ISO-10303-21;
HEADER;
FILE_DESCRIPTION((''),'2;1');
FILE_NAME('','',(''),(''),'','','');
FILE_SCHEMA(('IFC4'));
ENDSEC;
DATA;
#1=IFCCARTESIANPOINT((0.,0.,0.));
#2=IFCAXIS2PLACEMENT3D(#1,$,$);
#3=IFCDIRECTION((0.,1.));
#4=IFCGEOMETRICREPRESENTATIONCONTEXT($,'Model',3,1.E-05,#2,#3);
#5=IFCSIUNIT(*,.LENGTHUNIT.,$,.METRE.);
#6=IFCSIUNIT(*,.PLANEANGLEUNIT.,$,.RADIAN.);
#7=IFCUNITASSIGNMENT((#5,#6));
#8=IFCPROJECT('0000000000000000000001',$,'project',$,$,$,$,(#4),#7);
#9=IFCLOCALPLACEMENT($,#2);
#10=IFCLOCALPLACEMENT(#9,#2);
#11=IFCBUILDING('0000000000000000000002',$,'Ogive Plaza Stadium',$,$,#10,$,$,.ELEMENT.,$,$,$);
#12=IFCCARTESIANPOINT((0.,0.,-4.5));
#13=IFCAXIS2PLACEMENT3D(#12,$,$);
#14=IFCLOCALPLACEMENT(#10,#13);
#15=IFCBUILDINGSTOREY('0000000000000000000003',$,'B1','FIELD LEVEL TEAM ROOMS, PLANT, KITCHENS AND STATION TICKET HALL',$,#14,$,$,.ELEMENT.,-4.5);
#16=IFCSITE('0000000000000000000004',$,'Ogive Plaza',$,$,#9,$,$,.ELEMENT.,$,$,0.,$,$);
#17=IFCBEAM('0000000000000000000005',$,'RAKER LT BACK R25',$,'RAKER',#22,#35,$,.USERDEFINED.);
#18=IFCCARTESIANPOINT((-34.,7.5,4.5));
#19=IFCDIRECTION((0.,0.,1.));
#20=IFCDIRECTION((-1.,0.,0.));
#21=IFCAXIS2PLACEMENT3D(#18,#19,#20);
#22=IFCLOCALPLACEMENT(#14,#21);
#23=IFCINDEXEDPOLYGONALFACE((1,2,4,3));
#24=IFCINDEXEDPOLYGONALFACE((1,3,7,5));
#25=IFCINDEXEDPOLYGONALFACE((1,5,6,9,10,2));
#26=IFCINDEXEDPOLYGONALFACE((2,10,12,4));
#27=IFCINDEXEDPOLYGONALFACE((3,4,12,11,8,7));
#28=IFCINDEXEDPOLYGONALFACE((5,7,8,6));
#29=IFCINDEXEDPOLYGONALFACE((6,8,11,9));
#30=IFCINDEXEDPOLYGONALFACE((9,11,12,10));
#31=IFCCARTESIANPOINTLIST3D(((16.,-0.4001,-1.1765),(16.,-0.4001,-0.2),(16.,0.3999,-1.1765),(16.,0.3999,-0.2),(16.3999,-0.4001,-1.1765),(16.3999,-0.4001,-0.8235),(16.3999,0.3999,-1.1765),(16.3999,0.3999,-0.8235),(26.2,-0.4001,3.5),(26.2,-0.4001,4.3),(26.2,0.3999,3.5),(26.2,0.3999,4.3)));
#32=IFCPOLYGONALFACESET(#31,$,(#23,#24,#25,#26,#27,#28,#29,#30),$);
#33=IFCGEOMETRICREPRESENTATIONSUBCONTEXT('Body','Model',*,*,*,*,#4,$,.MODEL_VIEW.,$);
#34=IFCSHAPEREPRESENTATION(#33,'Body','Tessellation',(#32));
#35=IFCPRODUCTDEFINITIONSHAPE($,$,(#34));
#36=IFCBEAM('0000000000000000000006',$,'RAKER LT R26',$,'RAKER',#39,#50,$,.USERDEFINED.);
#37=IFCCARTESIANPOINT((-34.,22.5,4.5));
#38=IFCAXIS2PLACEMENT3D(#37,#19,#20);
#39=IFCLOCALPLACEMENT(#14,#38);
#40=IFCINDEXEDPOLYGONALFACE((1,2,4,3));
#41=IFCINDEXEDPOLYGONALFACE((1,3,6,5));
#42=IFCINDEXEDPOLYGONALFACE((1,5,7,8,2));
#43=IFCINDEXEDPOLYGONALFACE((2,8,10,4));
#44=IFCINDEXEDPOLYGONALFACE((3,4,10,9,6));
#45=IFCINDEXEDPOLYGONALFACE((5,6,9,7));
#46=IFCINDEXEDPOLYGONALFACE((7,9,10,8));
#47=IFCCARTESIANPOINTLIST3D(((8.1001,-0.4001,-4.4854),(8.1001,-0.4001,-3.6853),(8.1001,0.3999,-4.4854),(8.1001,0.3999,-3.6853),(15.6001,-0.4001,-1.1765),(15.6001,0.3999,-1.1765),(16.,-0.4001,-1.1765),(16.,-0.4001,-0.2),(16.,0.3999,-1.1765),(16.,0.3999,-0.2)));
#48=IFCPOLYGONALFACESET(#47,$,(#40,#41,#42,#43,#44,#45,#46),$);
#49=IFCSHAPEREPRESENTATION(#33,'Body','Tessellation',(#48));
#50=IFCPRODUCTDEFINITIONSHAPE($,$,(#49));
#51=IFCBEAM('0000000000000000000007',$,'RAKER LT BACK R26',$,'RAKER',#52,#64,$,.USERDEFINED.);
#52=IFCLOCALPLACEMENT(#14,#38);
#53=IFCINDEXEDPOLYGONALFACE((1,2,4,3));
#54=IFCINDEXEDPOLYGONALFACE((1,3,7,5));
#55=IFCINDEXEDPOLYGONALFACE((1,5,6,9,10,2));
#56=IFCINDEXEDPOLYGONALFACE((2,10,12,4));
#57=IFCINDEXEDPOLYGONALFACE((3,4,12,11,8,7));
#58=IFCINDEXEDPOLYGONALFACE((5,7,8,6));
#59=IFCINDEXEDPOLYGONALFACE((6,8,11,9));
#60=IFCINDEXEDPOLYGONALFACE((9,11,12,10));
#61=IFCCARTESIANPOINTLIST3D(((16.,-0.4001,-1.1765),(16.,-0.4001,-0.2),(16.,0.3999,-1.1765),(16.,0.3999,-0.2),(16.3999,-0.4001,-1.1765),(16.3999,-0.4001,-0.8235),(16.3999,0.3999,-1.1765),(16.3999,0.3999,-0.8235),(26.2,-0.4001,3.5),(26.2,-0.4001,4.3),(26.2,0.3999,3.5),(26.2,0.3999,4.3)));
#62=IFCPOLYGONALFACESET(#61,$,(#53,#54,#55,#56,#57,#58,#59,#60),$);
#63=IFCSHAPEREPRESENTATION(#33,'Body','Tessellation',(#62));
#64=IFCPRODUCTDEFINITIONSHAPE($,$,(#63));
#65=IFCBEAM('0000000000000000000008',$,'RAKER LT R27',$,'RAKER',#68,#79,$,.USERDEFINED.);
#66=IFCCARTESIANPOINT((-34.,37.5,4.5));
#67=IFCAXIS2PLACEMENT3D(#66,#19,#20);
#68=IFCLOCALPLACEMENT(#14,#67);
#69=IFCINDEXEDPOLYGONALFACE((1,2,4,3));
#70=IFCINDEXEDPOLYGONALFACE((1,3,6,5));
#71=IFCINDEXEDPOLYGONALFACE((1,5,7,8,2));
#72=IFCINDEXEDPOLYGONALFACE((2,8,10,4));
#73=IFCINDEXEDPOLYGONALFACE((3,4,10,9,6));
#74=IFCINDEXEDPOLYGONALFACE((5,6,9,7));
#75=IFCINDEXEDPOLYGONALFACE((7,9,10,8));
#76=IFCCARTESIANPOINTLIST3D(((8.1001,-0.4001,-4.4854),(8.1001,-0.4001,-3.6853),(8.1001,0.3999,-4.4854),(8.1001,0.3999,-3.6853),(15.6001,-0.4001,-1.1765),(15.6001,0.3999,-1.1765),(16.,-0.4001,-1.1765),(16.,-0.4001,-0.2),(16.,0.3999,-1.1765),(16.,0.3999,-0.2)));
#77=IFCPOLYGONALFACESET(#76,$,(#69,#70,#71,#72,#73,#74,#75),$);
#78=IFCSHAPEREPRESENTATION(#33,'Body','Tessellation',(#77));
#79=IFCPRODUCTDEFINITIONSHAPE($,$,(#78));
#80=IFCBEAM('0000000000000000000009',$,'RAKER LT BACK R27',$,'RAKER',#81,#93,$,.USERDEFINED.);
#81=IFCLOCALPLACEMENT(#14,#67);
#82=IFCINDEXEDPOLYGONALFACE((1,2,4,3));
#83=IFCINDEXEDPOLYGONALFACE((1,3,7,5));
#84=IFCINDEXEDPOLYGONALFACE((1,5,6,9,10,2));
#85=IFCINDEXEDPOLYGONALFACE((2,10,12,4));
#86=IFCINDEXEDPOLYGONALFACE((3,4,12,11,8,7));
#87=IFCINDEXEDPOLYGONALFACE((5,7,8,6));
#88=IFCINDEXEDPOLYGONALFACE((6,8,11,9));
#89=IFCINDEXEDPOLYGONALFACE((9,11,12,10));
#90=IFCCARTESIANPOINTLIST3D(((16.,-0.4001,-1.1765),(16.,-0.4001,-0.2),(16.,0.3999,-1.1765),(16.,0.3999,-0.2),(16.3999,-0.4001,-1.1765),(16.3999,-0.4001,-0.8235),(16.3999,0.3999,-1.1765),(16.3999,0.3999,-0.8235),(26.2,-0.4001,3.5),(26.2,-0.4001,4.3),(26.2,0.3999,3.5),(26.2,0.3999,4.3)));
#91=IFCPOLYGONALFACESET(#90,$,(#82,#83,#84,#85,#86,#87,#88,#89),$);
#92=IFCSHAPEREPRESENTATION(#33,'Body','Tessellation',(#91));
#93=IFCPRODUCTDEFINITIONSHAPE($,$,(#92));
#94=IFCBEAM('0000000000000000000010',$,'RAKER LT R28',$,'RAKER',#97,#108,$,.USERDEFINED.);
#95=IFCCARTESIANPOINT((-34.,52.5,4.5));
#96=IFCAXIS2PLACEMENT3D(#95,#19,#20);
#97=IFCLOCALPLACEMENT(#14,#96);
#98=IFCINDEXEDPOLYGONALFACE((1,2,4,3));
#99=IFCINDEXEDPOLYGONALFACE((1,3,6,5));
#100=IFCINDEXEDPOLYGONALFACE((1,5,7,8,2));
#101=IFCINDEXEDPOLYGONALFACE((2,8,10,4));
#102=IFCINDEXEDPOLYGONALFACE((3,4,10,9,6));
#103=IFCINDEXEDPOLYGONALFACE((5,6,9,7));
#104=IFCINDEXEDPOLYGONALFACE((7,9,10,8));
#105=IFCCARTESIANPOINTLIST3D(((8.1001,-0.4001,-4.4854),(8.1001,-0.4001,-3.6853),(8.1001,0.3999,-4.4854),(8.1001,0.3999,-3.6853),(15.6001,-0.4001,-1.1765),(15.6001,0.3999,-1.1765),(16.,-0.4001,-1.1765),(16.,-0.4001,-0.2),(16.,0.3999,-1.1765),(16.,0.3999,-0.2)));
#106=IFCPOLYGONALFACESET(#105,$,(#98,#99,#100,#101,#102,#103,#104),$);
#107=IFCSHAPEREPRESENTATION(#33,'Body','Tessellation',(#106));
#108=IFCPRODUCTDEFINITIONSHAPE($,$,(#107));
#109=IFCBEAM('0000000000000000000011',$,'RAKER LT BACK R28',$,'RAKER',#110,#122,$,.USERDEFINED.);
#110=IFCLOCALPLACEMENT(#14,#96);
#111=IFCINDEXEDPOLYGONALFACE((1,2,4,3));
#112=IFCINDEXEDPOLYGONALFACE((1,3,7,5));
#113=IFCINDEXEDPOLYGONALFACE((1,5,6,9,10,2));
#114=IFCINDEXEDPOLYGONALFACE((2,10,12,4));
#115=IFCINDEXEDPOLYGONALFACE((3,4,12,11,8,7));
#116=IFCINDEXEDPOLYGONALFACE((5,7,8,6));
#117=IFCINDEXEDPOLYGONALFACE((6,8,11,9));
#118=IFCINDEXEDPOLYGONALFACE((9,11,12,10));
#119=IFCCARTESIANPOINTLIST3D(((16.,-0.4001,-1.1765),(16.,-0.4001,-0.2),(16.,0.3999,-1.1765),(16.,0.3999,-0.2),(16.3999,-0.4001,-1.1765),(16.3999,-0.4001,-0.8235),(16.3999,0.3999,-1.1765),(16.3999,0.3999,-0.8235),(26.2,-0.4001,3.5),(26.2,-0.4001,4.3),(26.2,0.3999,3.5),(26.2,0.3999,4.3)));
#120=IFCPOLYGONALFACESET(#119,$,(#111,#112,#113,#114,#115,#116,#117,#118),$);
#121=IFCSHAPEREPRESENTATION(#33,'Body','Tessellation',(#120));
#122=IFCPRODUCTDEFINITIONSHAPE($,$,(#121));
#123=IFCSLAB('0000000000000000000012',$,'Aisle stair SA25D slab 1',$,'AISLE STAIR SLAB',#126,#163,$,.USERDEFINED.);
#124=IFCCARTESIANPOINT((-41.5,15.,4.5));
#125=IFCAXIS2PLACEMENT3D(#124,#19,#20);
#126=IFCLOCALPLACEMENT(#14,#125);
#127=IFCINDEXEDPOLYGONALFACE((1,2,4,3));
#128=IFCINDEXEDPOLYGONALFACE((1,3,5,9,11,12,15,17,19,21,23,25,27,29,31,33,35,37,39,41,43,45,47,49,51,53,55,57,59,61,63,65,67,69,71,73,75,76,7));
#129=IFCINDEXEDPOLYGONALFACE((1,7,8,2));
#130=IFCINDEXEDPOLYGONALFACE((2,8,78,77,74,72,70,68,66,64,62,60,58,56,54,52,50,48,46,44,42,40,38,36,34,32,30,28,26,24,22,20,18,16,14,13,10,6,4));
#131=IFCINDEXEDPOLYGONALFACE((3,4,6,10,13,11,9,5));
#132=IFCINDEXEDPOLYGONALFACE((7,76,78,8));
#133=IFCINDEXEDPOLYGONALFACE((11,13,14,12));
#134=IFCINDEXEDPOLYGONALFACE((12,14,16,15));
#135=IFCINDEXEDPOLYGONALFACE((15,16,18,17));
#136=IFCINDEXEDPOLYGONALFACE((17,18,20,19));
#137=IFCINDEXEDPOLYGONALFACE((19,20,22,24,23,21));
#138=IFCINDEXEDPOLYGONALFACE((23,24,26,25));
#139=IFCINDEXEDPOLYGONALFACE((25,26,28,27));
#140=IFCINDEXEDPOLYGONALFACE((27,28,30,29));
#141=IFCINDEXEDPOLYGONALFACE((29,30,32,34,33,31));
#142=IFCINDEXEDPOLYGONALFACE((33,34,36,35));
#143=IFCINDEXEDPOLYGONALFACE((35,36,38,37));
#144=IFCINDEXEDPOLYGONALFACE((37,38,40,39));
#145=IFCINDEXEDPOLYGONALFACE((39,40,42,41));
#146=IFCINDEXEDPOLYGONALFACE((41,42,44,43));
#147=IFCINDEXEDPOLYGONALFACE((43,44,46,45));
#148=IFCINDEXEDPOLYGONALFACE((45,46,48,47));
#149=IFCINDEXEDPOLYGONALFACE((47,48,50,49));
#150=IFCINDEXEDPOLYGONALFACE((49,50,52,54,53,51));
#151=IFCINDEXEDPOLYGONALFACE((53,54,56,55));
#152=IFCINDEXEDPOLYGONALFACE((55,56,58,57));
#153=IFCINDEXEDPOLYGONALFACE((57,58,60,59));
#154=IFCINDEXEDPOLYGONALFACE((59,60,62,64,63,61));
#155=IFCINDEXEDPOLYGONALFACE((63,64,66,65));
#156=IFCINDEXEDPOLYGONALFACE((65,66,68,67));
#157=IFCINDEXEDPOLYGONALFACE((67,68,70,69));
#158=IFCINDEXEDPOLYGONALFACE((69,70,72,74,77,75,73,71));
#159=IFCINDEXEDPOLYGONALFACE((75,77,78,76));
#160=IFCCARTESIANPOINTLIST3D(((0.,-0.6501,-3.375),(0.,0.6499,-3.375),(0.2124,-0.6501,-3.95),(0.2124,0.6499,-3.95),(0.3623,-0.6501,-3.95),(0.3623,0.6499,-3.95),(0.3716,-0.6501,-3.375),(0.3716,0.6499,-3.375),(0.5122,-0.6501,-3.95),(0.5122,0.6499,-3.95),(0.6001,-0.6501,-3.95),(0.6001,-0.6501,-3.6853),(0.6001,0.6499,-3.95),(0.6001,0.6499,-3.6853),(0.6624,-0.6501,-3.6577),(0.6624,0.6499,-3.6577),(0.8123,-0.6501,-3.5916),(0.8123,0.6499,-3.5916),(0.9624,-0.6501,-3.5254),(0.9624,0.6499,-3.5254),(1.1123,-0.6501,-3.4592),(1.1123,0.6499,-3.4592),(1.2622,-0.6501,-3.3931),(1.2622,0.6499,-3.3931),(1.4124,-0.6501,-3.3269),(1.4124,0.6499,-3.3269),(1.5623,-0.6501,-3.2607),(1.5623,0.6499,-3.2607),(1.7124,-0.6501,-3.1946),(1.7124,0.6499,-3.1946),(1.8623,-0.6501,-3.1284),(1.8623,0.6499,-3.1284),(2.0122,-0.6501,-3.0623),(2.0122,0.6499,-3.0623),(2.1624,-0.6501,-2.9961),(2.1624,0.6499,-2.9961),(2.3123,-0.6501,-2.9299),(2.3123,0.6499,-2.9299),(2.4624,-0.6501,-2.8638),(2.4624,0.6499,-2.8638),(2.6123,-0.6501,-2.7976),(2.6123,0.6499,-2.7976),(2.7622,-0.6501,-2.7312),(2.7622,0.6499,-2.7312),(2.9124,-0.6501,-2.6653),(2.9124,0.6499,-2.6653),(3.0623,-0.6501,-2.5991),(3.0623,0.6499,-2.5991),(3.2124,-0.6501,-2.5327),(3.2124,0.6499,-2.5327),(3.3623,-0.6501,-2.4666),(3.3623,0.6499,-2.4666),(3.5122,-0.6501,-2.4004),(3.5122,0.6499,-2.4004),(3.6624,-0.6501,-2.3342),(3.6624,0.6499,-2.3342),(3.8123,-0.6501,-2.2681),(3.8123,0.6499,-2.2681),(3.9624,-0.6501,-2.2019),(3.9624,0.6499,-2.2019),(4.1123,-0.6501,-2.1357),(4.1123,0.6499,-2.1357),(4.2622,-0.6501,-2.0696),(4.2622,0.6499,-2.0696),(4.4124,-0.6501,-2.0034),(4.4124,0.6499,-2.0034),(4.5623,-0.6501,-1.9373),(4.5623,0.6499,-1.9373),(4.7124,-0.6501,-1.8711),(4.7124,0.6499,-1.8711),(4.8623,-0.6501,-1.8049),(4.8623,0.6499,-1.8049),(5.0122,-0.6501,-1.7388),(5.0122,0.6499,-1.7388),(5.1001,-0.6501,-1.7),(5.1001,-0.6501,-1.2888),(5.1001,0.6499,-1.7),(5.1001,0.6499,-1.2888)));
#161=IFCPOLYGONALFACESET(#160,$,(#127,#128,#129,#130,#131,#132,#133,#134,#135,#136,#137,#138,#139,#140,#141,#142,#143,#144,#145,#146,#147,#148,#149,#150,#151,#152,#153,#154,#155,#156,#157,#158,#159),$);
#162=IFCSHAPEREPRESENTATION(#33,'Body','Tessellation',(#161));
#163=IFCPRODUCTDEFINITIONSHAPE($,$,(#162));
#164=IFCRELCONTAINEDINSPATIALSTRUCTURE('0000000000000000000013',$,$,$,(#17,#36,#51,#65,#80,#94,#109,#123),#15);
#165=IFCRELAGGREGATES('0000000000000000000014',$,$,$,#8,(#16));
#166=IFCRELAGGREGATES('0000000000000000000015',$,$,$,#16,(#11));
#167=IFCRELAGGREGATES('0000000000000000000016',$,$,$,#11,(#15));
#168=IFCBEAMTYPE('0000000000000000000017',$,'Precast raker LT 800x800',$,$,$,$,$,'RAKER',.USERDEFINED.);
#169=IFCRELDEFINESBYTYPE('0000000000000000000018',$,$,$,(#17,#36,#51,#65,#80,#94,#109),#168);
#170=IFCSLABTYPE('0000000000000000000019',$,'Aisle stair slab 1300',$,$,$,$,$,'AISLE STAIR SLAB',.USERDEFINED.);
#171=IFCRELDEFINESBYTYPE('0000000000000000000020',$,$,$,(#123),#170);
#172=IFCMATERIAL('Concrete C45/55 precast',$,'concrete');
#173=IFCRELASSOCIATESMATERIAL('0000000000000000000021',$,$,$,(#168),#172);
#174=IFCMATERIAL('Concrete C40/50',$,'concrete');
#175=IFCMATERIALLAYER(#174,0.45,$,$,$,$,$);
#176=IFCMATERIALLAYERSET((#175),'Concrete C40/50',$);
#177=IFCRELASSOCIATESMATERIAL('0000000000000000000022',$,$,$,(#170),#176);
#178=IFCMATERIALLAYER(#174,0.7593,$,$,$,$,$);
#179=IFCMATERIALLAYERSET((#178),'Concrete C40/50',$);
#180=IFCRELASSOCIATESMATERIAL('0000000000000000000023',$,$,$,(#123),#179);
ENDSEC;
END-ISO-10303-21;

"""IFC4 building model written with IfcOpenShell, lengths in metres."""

from ifc_helpers import new_model, si_unit, direction, frame, origin, origin_2d, place, context, subcontext, project, spatial, polyline, rectangle, outline, extrude, material, layer, layer_set, material_profile, profile_set, type_object, element, save


model = new_model("IFC4")

# Units and contexts
model_context = context("Model", 3, precision=1e-05, world=origin(), true_north=direction((0.0, 1.0)))
body_context = subcontext(model_context, "Body", "Model", "MODEL_VIEW")
ifc_project = project(units=[si_unit("LENGTHUNIT", "METRE"), si_unit("PLANEANGLEUNIT", "RADIAN")], contexts=[model_context])

# Site, building, storey
site_placement = place(None, origin())
site = spatial("IfcSite", under=ifc_project, at=site_placement, Name="Ogive Plaza", CompositionType="ELEMENT", RefElevation=0.0)
building_placement = place(site_placement, origin())
building = spatial("IfcBuilding", under=site, at=building_placement, Name="Ogive Plaza Stadium", CompositionType="ELEMENT")
storey_placement = place(building_placement, frame((0.0, 0.0, -4.5)))
storey = spatial("IfcBuildingStorey", under=building, at=storey_placement, Name="B1", Description="FIELD LEVEL TEAM ROOMS, PLANT, KITCHENS AND STATION TICKET HALL", CompositionType="ELEMENT", Elevation=-4.5)

# Beams
ifc_material_1 = material(Name="Concrete C45/55 precast", Category="concrete")
ifc_material_profile_1 = material_profile(ifc_material_1, rectangle(XDim=0.8, YDim=0.8, at=origin_2d()), Name="RC 800x800")
ifc_profile_set_1 = profile_set([ifc_material_profile_1], Name="Concrete C45/55 precast")
beam_type = type_object("IfcBeamType", Name="Precast raker LT 800x800", ElementType="RAKER", PredefinedType="USERDEFINED", material=ifc_profile_set_1)
beam_1_placement = place(storey_placement, frame((-34.0, 7.5, 4.5), z_axis=(0.0, 0.0, 1.0), x_axis=(-1.0, 0.0, 0.0)))
element("IfcBeam", 1, at=beam_1_placement, inside=storey, type_object=beam_type, Name="RAKER LT BACK R25", ObjectType="RAKER", PredefinedType="USERDEFINED", context=body_context, shape_type="SweptSolid", body=[
    extrude(outline(polyline([(16.0, -1.1765), (16.3999, -1.1765), (16.3999, -0.8235), (26.2, 3.5), (26.2, 4.3), (16.0, -0.2), (16.0, -1.1765)])), frame((0.0, 0.3999, 0.0), z_axis=(0.0, -1.0, 0.0), x_axis=(1.0, 0.0, 0.0)), (0.0, 0.0, 1.0), 0.8),
])
beam_2_placement = place(storey_placement, frame((-34.0, 22.5, 4.5), z_axis=(0.0, 0.0, 1.0), x_axis=(-1.0, 0.0, 0.0)))
element("IfcBeam", 2, at=beam_2_placement, inside=storey, type_object=beam_type, Name="RAKER LT R26", ObjectType="RAKER", PredefinedType="USERDEFINED", context=body_context, shape_type="SweptSolid", body=[
    extrude(outline(polyline([(8.1001, -4.4854), (15.6001, -1.1765), (16.0, -1.1765), (16.0, -0.2), (8.1001, -3.6853), (8.1001, -4.4854)])), frame((0.0, 0.3999, 0.0), z_axis=(0.0, -1.0, 0.0), x_axis=(1.0, 0.0, 0.0)), (0.0, 0.0, 1.0), 0.8),
])
beam_3_placement = place(storey_placement, frame((-34.0, 22.5, 4.5), z_axis=(0.0, 0.0, 1.0), x_axis=(-1.0, 0.0, 0.0)))
element("IfcBeam", 3, at=beam_3_placement, inside=storey, type_object=beam_type, Name="RAKER LT BACK R26", ObjectType="RAKER", PredefinedType="USERDEFINED", context=body_context, shape_type="SweptSolid", body=[
    extrude(outline(polyline([(16.0, -1.1765), (16.3999, -1.1765), (16.3999, -0.8235), (26.2, 3.5), (26.2, 4.3), (16.0, -0.2), (16.0, -1.1765)])), frame((0.0, 0.3999, 0.0), z_axis=(0.0, -1.0, 0.0), x_axis=(1.0, 0.0, 0.0)), (0.0, 0.0, 1.0), 0.8),
])
beam_4_placement = place(storey_placement, frame((-34.0, 37.5, 4.5), z_axis=(0.0, 0.0, 1.0), x_axis=(-1.0, 0.0, 0.0)))
element("IfcBeam", 4, at=beam_4_placement, inside=storey, type_object=beam_type, Name="RAKER LT R27", ObjectType="RAKER", PredefinedType="USERDEFINED", context=body_context, shape_type="SweptSolid", body=[
    extrude(outline(polyline([(8.1001, -4.4854), (15.6001, -1.1765), (16.0, -1.1765), (16.0, -0.2), (8.1001, -3.6853), (8.1001, -4.4854)])), frame((0.0, 0.3999, 0.0), z_axis=(0.0, -1.0, 0.0), x_axis=(1.0, 0.0, 0.0)), (0.0, 0.0, 1.0), 0.8),
])
beam_5_placement = place(storey_placement, frame((-34.0, 37.5, 4.5), z_axis=(0.0, 0.0, 1.0), x_axis=(-1.0, 0.0, 0.0)))
element("IfcBeam", 5, at=beam_5_placement, inside=storey, type_object=beam_type, Name="RAKER LT BACK R27", ObjectType="RAKER", PredefinedType="USERDEFINED", context=body_context, shape_type="SweptSolid", body=[
    extrude(outline(polyline([(16.0, -1.1765), (16.3999, -1.1765), (16.3999, -0.8235), (26.2, 3.5), (26.2, 4.3), (16.0, -0.2), (16.0, -1.1765)])), frame((0.0, 0.3999, 0.0), z_axis=(0.0, -1.0, 0.0), x_axis=(1.0, 0.0, 0.0)), (0.0, 0.0, 1.0), 0.8),
])
beam_6_placement = place(storey_placement, frame((-34.0, 52.5, 4.5), z_axis=(0.0, 0.0, 1.0), x_axis=(-1.0, 0.0, 0.0)))
element("IfcBeam", 6, at=beam_6_placement, inside=storey, type_object=beam_type, Name="RAKER LT R28", ObjectType="RAKER", PredefinedType="USERDEFINED", context=body_context, shape_type="SweptSolid", body=[
    extrude(outline(polyline([(8.1001, -4.4854), (15.6001, -1.1765), (16.0, -1.1765), (16.0, -0.2), (8.1001, -3.6853), (8.1001, -4.4854)])), frame((0.0, 0.3999, 0.0), z_axis=(0.0, -1.0, 0.0), x_axis=(1.0, 0.0, 0.0)), (0.0, 0.0, 1.0), 0.8),
])
beam_7_placement = place(storey_placement, frame((-34.0, 52.5, 4.5), z_axis=(0.0, 0.0, 1.0), x_axis=(-1.0, 0.0, 0.0)))
element("IfcBeam", 7, at=beam_7_placement, inside=storey, type_object=beam_type, Name="RAKER LT BACK R28", ObjectType="RAKER", PredefinedType="USERDEFINED", context=body_context, shape_type="SweptSolid", body=[
    extrude(outline(polyline([(16.0, -1.1765), (16.3999, -1.1765), (16.3999, -0.8235), (26.2, 3.5), (26.2, 4.3), (16.0, -0.2), (16.0, -1.1765)])), frame((0.0, 0.3999, 0.0), z_axis=(0.0, -1.0, 0.0), x_axis=(1.0, 0.0, 0.0)), (0.0, 0.0, 1.0), 0.8),
])

# Slab
ifc_material_2 = material(Name="Concrete C40/50", Category="concrete")
ifc_layer_1 = layer(ifc_material_2, 0.7593)
ifc_layer_set_1 = layer_set([ifc_layer_1], Name="Concrete C40/50")
ifc_layer_2 = layer(ifc_material_2, 0.45)
ifc_layer_set_2 = layer_set([ifc_layer_2], Name="Concrete C40/50")
slab_type = type_object("IfcSlabType", Name="Aisle stair slab 1300", ElementType="AISLE STAIR SLAB", PredefinedType="USERDEFINED", material=ifc_layer_set_2)
slab_1_placement = place(storey_placement, frame((-41.5, 15.0, 4.5), z_axis=(0.0, 0.0, 1.0), x_axis=(-1.0, 0.0, 0.0)))
element("IfcSlab", 8, at=slab_1_placement, inside=storey, type_object=slab_type, material=ifc_layer_set_1, Name="Aisle stair SA25D slab 1", ObjectType="AISLE STAIR SLAB", PredefinedType="USERDEFINED", context=body_context, shape_type="SweptSolid", body=[
    extrude(outline(polyline([(0.0, -3.375), (0.3716, -3.375), (5.1001, -1.2888), (5.1001, -1.7), (5.0122, -1.7388), (4.8623, -1.8049), (4.7124, -1.8711), (4.5623, -1.9373), (4.4124, -2.0034), (4.2622, -2.0696), (4.1123, -2.1357), (3.9624, -2.2019), (3.8123, -2.2681), (3.6624, -2.3342), (3.5122, -2.4004), (3.3623, -2.4666), (3.2124, -2.5327), (3.0623, -2.5991), (2.9124, -2.6653), (2.7622, -2.7312), (2.6123, -2.7976), (2.4624, -2.8638), (2.3123, -2.9299), (2.1624, -2.9961), (2.0122, -3.0623), (1.8623, -3.1284), (1.7124, -3.1946), (1.5623, -3.2607), (1.4124, -3.3269), (1.2622, -3.3931), (1.1123, -3.4592), (0.9624, -3.5254), (0.8123, -3.5916), (0.6624, -3.6577), (0.6001, -3.6853), (0.6001, -3.95), (0.5122, -3.95), (0.3623, -3.95), (0.2124, -3.95), (0.0, -3.375)])), frame((0.0, 0.6499, 0.0), z_axis=(0.0, -1.0, 0.0), x_axis=(1.0, 0.0, 0.0)), (0.0, 0.0, 1.0), 1.3),
])

save(model, "model.ifc")
